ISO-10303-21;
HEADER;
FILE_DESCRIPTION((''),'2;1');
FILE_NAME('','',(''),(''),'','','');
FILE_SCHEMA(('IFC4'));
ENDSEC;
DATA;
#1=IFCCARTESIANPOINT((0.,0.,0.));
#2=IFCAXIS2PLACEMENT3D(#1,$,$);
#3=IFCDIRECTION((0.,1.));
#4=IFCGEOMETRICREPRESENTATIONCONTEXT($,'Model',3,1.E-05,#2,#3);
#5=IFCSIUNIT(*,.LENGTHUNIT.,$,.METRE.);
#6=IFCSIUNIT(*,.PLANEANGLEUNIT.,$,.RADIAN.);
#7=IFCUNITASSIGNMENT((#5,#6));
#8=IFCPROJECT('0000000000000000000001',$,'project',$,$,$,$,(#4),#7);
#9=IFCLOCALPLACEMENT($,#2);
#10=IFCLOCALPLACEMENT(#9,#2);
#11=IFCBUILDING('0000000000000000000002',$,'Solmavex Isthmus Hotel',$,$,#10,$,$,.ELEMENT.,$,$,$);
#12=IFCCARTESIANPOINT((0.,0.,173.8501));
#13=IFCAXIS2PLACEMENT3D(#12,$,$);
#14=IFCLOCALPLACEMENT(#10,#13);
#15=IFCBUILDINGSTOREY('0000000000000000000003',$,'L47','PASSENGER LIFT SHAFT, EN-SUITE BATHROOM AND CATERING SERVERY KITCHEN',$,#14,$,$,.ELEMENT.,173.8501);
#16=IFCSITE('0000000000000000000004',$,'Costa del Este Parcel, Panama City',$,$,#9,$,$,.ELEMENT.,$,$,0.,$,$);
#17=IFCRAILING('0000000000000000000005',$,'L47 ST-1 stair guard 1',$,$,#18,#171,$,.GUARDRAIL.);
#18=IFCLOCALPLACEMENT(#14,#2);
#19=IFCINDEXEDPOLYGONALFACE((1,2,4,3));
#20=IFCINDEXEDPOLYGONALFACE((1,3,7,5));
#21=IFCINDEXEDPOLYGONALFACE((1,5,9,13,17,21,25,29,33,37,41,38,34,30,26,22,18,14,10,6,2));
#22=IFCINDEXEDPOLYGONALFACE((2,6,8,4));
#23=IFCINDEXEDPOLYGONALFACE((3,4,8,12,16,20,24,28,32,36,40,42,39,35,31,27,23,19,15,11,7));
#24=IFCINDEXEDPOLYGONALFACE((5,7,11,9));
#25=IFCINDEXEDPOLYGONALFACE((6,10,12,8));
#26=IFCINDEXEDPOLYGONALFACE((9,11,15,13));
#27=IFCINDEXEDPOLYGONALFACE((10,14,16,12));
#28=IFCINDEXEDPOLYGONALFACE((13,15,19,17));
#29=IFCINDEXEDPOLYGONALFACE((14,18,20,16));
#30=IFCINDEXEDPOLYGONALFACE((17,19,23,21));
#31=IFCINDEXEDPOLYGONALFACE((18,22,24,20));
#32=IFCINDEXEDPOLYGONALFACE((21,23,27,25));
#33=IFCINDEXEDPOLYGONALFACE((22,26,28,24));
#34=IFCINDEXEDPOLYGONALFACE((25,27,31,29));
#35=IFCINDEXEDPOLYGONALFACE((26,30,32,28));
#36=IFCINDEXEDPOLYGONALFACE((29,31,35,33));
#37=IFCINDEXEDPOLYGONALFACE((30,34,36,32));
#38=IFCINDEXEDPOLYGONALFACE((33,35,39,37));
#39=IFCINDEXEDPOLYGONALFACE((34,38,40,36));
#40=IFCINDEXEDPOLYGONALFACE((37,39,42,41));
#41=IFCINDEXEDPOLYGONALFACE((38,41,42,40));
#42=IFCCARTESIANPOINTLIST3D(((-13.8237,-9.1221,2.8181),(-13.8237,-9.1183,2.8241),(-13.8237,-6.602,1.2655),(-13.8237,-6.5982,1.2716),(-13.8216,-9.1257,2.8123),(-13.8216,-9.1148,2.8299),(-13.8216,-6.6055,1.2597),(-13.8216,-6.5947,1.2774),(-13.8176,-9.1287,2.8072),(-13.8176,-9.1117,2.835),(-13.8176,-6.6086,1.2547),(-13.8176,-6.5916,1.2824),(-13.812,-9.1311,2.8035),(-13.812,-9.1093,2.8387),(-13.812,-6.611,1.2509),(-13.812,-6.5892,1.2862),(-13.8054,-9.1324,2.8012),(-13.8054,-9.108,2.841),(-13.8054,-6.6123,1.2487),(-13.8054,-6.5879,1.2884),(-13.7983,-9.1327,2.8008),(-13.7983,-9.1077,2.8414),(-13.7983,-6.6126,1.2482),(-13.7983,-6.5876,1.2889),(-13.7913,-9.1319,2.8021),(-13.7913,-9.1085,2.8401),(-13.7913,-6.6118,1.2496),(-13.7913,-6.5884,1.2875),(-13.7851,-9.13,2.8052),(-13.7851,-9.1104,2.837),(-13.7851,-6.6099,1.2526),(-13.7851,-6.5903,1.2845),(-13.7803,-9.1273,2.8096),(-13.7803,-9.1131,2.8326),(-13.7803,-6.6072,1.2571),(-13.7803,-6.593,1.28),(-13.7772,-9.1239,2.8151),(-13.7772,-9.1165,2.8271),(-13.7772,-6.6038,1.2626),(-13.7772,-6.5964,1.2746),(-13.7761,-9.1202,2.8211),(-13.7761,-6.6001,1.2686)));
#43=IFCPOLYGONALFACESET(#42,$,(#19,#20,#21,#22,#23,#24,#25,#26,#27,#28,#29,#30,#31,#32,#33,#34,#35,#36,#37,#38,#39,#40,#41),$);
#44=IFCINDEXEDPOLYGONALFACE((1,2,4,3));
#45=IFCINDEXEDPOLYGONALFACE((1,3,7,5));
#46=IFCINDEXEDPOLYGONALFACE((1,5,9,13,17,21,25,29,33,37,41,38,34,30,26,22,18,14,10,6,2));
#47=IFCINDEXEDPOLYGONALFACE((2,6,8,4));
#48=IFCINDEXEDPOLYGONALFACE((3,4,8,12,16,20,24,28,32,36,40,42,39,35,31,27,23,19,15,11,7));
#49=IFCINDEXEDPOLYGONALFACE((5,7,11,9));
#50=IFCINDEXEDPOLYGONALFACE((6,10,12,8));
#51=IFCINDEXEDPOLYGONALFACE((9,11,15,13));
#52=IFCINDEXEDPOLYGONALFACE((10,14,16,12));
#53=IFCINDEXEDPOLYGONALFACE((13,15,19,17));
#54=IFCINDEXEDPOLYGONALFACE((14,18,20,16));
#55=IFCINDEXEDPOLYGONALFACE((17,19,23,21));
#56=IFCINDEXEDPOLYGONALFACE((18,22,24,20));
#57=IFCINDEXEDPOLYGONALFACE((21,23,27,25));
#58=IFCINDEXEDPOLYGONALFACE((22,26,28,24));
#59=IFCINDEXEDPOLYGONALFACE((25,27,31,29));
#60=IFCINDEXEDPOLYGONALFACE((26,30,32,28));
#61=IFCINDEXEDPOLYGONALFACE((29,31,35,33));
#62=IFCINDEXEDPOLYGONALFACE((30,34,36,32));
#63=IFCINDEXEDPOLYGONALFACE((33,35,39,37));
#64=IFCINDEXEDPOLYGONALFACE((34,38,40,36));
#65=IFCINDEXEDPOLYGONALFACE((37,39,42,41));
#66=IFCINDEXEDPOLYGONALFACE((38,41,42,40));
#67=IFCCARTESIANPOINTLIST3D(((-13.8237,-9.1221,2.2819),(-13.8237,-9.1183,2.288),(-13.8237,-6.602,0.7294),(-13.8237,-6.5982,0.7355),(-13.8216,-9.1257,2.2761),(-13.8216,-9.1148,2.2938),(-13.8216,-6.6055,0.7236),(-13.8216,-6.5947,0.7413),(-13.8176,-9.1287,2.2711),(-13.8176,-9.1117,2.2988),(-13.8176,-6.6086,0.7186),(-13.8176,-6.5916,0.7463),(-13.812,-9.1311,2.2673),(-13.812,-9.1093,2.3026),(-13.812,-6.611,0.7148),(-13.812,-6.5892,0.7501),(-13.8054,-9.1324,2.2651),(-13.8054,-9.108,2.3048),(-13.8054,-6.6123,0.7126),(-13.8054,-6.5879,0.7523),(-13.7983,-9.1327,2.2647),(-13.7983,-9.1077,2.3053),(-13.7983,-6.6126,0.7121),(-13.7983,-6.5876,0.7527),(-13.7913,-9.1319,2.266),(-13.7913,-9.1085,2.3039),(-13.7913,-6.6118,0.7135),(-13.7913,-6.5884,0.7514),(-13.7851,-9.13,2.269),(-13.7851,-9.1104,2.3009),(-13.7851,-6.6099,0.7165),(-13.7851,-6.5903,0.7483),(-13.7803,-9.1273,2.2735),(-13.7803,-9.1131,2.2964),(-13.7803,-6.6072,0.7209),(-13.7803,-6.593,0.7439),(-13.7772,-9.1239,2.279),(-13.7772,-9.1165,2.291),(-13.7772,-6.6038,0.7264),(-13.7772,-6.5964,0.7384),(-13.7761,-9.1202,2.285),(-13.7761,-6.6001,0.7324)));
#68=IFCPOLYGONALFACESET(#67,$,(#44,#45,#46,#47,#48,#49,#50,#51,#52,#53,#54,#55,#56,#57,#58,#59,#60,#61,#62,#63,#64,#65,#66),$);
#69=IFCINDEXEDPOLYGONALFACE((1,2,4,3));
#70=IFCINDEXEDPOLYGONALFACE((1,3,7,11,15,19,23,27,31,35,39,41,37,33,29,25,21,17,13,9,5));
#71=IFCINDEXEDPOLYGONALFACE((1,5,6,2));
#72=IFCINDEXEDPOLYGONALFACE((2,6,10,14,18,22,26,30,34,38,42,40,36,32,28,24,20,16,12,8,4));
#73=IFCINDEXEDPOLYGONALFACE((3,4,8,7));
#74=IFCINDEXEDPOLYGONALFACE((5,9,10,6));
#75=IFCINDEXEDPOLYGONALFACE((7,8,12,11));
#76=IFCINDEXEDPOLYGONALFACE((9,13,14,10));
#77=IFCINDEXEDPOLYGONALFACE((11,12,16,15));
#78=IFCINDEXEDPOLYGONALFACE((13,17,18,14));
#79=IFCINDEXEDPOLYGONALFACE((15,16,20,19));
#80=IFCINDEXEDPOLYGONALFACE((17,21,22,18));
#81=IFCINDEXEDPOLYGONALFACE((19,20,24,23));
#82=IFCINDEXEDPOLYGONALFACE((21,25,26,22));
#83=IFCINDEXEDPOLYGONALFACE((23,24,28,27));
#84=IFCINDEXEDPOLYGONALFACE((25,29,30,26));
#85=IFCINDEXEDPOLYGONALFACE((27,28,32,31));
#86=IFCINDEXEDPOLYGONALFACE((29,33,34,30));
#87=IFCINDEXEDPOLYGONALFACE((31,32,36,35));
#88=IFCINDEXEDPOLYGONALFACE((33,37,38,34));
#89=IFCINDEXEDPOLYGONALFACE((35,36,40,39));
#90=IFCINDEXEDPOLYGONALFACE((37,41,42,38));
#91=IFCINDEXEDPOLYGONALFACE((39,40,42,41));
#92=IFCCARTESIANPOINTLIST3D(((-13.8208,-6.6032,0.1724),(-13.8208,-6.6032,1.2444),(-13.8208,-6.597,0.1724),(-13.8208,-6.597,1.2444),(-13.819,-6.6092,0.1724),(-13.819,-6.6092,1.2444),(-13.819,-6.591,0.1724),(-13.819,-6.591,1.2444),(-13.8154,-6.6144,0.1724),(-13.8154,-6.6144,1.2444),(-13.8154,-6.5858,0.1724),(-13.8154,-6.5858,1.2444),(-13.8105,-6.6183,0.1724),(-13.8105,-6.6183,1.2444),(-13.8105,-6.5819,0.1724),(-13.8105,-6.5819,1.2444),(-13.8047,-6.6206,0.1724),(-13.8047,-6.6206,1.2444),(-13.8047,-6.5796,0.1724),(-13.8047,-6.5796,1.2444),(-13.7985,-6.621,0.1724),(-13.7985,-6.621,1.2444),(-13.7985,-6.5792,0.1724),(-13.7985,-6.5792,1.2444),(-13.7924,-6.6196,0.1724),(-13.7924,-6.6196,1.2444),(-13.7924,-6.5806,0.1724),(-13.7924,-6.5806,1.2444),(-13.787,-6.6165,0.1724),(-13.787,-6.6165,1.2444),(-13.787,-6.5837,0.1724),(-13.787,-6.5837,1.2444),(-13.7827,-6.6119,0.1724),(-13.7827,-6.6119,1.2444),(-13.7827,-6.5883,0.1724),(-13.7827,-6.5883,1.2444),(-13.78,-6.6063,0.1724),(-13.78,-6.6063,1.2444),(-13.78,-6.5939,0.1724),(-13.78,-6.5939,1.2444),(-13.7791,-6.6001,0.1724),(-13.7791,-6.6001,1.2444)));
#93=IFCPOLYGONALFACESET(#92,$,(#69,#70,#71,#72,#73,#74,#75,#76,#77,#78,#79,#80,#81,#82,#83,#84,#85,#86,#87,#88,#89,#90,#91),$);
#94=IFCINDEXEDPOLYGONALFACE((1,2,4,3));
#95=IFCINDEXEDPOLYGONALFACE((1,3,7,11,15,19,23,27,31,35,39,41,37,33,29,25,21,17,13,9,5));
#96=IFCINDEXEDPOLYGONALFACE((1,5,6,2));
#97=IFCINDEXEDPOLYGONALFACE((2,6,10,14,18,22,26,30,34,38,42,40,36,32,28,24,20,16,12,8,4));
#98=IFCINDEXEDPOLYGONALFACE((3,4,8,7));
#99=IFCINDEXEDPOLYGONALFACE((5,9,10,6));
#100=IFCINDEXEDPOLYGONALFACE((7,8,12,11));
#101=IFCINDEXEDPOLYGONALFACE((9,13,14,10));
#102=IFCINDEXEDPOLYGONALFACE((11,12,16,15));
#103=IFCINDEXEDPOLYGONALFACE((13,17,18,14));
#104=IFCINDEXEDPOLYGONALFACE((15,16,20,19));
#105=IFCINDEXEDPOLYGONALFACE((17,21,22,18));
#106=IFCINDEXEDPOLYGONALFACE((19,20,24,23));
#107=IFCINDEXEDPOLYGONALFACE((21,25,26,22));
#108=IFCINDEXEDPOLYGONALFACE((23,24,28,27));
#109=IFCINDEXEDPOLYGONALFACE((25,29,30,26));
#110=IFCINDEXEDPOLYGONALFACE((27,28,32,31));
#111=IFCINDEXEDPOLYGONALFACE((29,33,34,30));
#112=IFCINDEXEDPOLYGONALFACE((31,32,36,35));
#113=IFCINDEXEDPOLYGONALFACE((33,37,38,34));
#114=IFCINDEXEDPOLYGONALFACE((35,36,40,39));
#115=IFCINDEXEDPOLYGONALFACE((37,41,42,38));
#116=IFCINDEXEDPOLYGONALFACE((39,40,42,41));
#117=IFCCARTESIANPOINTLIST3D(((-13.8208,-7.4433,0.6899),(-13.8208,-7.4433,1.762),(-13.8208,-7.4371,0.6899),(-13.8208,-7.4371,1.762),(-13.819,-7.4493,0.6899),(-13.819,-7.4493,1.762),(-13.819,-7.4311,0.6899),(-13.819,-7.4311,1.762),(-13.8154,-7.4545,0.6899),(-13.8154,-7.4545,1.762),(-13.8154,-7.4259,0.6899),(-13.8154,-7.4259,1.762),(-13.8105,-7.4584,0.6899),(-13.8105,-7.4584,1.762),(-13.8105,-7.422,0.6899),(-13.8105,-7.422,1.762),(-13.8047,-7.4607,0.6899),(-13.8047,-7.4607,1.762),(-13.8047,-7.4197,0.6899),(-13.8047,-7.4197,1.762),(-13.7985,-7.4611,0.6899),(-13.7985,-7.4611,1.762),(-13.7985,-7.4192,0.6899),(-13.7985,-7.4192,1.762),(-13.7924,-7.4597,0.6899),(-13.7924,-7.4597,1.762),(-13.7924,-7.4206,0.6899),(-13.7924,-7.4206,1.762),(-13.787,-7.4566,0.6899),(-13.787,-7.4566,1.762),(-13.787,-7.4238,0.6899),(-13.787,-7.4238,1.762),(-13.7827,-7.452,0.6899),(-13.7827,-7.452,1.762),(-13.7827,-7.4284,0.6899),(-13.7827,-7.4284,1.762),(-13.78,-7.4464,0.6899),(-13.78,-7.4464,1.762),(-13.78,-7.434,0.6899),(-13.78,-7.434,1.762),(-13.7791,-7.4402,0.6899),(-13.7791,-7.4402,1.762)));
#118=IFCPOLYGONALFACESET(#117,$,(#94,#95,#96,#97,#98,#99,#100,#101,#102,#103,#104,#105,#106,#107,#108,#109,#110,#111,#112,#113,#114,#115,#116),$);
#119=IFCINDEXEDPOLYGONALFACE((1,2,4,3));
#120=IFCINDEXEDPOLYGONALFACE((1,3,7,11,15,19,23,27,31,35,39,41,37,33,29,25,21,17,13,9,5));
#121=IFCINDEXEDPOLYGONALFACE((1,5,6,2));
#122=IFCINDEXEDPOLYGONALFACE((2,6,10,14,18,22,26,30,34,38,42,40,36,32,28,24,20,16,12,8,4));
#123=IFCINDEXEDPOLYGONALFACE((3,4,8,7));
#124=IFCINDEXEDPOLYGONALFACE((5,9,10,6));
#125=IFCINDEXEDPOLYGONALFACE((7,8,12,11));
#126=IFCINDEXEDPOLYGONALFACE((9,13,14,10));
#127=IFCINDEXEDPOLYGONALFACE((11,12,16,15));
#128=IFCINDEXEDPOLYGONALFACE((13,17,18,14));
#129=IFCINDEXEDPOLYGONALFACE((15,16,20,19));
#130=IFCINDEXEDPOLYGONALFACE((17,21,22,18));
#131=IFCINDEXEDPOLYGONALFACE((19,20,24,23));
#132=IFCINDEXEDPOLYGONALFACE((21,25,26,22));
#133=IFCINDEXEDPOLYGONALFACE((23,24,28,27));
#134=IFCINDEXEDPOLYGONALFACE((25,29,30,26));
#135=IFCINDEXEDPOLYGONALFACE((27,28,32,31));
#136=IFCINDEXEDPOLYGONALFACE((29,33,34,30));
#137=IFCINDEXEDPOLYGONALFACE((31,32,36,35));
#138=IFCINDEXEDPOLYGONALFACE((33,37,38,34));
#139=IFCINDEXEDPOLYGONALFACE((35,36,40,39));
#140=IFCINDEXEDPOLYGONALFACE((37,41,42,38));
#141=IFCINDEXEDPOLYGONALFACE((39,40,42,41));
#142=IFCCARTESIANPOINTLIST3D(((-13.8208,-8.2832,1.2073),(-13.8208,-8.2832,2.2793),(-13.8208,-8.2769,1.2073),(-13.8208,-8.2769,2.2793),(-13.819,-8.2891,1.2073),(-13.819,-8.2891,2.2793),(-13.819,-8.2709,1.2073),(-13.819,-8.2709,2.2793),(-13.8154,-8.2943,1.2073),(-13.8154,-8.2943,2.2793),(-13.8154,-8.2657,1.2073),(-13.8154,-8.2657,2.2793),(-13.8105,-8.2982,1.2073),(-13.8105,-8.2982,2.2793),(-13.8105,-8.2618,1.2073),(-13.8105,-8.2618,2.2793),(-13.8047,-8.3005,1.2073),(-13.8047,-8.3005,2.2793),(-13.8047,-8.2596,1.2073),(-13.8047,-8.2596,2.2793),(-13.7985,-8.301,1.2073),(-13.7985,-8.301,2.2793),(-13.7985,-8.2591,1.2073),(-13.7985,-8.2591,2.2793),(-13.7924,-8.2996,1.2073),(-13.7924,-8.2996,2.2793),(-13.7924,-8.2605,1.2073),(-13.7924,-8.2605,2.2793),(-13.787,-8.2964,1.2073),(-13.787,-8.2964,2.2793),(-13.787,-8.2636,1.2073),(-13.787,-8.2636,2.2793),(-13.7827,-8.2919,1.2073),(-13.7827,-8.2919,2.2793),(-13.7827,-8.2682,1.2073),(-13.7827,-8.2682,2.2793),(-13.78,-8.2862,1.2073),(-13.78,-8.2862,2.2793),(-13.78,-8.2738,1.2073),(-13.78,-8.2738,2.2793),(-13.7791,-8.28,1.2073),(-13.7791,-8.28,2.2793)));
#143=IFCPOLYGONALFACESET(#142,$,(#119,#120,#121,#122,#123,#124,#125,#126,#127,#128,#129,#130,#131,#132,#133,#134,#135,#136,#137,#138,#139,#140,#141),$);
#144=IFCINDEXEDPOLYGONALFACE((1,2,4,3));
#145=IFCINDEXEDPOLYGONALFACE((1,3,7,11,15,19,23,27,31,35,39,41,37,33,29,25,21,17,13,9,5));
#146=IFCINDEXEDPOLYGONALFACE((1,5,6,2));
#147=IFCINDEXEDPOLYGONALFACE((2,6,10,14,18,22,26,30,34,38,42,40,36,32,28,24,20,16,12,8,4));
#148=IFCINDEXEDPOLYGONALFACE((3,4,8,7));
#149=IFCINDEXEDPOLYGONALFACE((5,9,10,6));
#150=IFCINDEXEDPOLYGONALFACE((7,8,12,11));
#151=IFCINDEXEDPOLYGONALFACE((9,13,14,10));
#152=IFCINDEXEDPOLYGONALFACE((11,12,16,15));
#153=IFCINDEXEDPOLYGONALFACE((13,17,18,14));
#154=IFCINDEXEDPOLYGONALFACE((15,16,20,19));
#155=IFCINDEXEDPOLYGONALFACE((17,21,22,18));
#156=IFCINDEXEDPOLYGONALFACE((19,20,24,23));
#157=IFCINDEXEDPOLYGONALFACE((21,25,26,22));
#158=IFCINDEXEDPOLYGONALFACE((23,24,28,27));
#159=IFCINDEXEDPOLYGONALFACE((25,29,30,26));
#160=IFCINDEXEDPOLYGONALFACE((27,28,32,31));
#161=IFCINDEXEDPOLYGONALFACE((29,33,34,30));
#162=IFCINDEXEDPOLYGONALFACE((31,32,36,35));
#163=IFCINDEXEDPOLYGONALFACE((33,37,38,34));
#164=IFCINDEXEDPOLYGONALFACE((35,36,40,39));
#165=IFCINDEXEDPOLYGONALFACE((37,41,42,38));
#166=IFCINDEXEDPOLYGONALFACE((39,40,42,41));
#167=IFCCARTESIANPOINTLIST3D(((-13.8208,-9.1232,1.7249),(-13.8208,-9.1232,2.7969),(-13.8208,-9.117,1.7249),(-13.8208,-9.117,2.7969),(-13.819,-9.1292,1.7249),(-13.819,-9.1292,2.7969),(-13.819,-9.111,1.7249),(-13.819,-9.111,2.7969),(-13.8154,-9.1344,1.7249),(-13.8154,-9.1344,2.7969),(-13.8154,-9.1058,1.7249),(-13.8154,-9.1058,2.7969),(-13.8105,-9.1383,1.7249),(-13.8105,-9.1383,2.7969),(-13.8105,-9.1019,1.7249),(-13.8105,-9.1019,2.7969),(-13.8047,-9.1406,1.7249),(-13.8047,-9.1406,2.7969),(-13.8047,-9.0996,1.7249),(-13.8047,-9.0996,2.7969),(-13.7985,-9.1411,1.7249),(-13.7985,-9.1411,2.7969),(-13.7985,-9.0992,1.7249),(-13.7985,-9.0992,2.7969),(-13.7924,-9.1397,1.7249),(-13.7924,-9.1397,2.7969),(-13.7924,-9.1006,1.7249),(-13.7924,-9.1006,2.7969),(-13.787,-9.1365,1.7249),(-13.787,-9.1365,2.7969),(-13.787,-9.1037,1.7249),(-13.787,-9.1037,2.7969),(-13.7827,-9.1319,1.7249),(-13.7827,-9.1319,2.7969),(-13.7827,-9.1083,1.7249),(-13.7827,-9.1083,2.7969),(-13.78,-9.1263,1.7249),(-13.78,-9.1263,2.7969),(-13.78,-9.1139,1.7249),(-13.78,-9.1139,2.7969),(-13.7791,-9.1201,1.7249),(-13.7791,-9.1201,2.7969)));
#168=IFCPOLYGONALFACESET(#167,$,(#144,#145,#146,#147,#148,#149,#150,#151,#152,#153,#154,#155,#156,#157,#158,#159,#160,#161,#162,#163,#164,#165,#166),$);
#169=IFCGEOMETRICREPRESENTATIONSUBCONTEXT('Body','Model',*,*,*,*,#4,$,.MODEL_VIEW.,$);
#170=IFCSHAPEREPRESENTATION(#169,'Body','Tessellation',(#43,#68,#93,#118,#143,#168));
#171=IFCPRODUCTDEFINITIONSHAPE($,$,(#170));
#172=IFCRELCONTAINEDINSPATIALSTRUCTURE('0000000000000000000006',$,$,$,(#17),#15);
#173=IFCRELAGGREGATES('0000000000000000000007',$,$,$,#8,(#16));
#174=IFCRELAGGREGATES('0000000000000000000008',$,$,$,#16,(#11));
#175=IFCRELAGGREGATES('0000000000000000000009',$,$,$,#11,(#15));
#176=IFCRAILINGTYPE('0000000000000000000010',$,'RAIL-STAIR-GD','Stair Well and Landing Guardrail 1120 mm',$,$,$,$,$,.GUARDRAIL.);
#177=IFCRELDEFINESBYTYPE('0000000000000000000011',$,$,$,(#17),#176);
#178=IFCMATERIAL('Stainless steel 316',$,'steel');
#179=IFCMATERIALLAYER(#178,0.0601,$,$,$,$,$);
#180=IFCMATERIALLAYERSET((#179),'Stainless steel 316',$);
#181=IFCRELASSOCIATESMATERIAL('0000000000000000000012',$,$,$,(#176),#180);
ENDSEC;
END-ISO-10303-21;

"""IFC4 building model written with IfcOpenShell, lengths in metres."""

from ifc_helpers import new_model, si_unit, direction, frame, origin, origin_2d, place, context, subcontext, project, spatial, circle, extrude, material, layer, layer_set, type_object, element, save


model = new_model("IFC4")

# Units and contexts
model_context = context("Model", 3, precision=1e-05, world=origin(), true_north=direction((0.0, 1.0)))
body_context = subcontext(model_context, "Body", "Model", "MODEL_VIEW")
ifc_project = project(units=[si_unit("LENGTHUNIT", "METRE"), si_unit("PLANEANGLEUNIT", "RADIAN")], contexts=[model_context])

# Site, building, storey
site_placement = place(None, origin())
site = spatial("IfcSite", under=ifc_project, at=site_placement, Name="Costa del Este Parcel, Panama City", CompositionType="ELEMENT", RefElevation=0.0)
building_placement = place(site_placement, origin())
building = spatial("IfcBuilding", under=site, at=building_placement, Name="Solmavex Isthmus Hotel", CompositionType="ELEMENT")
storey_placement = place(building_placement, frame((0.0, 0.0, 173.8501)))
storey = spatial("IfcBuildingStorey", under=building, at=storey_placement, Name="L47", Description="PASSENGER LIFT SHAFT, EN-SUITE BATHROOM AND CATERING SERVERY KITCHEN", CompositionType="ELEMENT", Elevation=173.8501)

# Railing
ifc_material_1 = material(Name="Stainless steel 316", Category="steel")
ifc_layer_1 = layer(ifc_material_1, 0.0601)
ifc_layer_set_1 = layer_set([ifc_layer_1], Name="Stainless steel 316")
railing_type_1 = type_object("IfcRailingType", Name="RAIL-STAIR-GD", Description="Stair Well and Landing Guardrail 1120 mm", PredefinedType="GUARDRAIL", material=ifc_layer_set_1)
railing_1_placement = place(storey_placement, frame((-13.8, -6.6001, 0.1724)))
element("IfcRailing", 1, at=railing_1_placement, inside=storey, type_object=railing_type_1, Name="L47 ST-1 stair guard 1", PredefinedType="GUARDRAIL", context=body_context, shape_type="SweptSolid", body=[
    extrude(circle(Radius=0.0239, at=origin_2d()), frame((0.0, 0.0, 1.0962), z_axis=(0.0, -0.8514, 0.524516), x_axis=(1.0, 0.0, 0.0)), (0.0, 0.0, 1.0), 2.96),
    extrude(circle(Radius=0.0239, at=origin_2d()), frame((0.0, 0.0, 0.5601), z_axis=(0.0, -0.8514, 0.524516), x_axis=(1.0, 0.0, 0.0)), (0.0, 0.0, 1.0), 2.96),
    extrude(circle(Radius=0.021, at=origin_2d()), origin(), (0.0, 0.0, 1.0), 1.072),
    extrude(circle(Radius=0.021, at=origin_2d()), frame((0.0, -0.8401, 0.5176)), (0.0, 0.0, 1.0), 1.072),
    extrude(circle(Radius=0.021, at=origin_2d()), frame((0.0, -1.6799, 1.0349)), (0.0, 0.0, 1.0), 1.072),
    extrude(circle(Radius=0.021, at=origin_2d()), frame((0.0, -2.52, 1.5525)), (0.0, 0.0, 1.0), 1.072),
])

save(model, "model.ifc")
